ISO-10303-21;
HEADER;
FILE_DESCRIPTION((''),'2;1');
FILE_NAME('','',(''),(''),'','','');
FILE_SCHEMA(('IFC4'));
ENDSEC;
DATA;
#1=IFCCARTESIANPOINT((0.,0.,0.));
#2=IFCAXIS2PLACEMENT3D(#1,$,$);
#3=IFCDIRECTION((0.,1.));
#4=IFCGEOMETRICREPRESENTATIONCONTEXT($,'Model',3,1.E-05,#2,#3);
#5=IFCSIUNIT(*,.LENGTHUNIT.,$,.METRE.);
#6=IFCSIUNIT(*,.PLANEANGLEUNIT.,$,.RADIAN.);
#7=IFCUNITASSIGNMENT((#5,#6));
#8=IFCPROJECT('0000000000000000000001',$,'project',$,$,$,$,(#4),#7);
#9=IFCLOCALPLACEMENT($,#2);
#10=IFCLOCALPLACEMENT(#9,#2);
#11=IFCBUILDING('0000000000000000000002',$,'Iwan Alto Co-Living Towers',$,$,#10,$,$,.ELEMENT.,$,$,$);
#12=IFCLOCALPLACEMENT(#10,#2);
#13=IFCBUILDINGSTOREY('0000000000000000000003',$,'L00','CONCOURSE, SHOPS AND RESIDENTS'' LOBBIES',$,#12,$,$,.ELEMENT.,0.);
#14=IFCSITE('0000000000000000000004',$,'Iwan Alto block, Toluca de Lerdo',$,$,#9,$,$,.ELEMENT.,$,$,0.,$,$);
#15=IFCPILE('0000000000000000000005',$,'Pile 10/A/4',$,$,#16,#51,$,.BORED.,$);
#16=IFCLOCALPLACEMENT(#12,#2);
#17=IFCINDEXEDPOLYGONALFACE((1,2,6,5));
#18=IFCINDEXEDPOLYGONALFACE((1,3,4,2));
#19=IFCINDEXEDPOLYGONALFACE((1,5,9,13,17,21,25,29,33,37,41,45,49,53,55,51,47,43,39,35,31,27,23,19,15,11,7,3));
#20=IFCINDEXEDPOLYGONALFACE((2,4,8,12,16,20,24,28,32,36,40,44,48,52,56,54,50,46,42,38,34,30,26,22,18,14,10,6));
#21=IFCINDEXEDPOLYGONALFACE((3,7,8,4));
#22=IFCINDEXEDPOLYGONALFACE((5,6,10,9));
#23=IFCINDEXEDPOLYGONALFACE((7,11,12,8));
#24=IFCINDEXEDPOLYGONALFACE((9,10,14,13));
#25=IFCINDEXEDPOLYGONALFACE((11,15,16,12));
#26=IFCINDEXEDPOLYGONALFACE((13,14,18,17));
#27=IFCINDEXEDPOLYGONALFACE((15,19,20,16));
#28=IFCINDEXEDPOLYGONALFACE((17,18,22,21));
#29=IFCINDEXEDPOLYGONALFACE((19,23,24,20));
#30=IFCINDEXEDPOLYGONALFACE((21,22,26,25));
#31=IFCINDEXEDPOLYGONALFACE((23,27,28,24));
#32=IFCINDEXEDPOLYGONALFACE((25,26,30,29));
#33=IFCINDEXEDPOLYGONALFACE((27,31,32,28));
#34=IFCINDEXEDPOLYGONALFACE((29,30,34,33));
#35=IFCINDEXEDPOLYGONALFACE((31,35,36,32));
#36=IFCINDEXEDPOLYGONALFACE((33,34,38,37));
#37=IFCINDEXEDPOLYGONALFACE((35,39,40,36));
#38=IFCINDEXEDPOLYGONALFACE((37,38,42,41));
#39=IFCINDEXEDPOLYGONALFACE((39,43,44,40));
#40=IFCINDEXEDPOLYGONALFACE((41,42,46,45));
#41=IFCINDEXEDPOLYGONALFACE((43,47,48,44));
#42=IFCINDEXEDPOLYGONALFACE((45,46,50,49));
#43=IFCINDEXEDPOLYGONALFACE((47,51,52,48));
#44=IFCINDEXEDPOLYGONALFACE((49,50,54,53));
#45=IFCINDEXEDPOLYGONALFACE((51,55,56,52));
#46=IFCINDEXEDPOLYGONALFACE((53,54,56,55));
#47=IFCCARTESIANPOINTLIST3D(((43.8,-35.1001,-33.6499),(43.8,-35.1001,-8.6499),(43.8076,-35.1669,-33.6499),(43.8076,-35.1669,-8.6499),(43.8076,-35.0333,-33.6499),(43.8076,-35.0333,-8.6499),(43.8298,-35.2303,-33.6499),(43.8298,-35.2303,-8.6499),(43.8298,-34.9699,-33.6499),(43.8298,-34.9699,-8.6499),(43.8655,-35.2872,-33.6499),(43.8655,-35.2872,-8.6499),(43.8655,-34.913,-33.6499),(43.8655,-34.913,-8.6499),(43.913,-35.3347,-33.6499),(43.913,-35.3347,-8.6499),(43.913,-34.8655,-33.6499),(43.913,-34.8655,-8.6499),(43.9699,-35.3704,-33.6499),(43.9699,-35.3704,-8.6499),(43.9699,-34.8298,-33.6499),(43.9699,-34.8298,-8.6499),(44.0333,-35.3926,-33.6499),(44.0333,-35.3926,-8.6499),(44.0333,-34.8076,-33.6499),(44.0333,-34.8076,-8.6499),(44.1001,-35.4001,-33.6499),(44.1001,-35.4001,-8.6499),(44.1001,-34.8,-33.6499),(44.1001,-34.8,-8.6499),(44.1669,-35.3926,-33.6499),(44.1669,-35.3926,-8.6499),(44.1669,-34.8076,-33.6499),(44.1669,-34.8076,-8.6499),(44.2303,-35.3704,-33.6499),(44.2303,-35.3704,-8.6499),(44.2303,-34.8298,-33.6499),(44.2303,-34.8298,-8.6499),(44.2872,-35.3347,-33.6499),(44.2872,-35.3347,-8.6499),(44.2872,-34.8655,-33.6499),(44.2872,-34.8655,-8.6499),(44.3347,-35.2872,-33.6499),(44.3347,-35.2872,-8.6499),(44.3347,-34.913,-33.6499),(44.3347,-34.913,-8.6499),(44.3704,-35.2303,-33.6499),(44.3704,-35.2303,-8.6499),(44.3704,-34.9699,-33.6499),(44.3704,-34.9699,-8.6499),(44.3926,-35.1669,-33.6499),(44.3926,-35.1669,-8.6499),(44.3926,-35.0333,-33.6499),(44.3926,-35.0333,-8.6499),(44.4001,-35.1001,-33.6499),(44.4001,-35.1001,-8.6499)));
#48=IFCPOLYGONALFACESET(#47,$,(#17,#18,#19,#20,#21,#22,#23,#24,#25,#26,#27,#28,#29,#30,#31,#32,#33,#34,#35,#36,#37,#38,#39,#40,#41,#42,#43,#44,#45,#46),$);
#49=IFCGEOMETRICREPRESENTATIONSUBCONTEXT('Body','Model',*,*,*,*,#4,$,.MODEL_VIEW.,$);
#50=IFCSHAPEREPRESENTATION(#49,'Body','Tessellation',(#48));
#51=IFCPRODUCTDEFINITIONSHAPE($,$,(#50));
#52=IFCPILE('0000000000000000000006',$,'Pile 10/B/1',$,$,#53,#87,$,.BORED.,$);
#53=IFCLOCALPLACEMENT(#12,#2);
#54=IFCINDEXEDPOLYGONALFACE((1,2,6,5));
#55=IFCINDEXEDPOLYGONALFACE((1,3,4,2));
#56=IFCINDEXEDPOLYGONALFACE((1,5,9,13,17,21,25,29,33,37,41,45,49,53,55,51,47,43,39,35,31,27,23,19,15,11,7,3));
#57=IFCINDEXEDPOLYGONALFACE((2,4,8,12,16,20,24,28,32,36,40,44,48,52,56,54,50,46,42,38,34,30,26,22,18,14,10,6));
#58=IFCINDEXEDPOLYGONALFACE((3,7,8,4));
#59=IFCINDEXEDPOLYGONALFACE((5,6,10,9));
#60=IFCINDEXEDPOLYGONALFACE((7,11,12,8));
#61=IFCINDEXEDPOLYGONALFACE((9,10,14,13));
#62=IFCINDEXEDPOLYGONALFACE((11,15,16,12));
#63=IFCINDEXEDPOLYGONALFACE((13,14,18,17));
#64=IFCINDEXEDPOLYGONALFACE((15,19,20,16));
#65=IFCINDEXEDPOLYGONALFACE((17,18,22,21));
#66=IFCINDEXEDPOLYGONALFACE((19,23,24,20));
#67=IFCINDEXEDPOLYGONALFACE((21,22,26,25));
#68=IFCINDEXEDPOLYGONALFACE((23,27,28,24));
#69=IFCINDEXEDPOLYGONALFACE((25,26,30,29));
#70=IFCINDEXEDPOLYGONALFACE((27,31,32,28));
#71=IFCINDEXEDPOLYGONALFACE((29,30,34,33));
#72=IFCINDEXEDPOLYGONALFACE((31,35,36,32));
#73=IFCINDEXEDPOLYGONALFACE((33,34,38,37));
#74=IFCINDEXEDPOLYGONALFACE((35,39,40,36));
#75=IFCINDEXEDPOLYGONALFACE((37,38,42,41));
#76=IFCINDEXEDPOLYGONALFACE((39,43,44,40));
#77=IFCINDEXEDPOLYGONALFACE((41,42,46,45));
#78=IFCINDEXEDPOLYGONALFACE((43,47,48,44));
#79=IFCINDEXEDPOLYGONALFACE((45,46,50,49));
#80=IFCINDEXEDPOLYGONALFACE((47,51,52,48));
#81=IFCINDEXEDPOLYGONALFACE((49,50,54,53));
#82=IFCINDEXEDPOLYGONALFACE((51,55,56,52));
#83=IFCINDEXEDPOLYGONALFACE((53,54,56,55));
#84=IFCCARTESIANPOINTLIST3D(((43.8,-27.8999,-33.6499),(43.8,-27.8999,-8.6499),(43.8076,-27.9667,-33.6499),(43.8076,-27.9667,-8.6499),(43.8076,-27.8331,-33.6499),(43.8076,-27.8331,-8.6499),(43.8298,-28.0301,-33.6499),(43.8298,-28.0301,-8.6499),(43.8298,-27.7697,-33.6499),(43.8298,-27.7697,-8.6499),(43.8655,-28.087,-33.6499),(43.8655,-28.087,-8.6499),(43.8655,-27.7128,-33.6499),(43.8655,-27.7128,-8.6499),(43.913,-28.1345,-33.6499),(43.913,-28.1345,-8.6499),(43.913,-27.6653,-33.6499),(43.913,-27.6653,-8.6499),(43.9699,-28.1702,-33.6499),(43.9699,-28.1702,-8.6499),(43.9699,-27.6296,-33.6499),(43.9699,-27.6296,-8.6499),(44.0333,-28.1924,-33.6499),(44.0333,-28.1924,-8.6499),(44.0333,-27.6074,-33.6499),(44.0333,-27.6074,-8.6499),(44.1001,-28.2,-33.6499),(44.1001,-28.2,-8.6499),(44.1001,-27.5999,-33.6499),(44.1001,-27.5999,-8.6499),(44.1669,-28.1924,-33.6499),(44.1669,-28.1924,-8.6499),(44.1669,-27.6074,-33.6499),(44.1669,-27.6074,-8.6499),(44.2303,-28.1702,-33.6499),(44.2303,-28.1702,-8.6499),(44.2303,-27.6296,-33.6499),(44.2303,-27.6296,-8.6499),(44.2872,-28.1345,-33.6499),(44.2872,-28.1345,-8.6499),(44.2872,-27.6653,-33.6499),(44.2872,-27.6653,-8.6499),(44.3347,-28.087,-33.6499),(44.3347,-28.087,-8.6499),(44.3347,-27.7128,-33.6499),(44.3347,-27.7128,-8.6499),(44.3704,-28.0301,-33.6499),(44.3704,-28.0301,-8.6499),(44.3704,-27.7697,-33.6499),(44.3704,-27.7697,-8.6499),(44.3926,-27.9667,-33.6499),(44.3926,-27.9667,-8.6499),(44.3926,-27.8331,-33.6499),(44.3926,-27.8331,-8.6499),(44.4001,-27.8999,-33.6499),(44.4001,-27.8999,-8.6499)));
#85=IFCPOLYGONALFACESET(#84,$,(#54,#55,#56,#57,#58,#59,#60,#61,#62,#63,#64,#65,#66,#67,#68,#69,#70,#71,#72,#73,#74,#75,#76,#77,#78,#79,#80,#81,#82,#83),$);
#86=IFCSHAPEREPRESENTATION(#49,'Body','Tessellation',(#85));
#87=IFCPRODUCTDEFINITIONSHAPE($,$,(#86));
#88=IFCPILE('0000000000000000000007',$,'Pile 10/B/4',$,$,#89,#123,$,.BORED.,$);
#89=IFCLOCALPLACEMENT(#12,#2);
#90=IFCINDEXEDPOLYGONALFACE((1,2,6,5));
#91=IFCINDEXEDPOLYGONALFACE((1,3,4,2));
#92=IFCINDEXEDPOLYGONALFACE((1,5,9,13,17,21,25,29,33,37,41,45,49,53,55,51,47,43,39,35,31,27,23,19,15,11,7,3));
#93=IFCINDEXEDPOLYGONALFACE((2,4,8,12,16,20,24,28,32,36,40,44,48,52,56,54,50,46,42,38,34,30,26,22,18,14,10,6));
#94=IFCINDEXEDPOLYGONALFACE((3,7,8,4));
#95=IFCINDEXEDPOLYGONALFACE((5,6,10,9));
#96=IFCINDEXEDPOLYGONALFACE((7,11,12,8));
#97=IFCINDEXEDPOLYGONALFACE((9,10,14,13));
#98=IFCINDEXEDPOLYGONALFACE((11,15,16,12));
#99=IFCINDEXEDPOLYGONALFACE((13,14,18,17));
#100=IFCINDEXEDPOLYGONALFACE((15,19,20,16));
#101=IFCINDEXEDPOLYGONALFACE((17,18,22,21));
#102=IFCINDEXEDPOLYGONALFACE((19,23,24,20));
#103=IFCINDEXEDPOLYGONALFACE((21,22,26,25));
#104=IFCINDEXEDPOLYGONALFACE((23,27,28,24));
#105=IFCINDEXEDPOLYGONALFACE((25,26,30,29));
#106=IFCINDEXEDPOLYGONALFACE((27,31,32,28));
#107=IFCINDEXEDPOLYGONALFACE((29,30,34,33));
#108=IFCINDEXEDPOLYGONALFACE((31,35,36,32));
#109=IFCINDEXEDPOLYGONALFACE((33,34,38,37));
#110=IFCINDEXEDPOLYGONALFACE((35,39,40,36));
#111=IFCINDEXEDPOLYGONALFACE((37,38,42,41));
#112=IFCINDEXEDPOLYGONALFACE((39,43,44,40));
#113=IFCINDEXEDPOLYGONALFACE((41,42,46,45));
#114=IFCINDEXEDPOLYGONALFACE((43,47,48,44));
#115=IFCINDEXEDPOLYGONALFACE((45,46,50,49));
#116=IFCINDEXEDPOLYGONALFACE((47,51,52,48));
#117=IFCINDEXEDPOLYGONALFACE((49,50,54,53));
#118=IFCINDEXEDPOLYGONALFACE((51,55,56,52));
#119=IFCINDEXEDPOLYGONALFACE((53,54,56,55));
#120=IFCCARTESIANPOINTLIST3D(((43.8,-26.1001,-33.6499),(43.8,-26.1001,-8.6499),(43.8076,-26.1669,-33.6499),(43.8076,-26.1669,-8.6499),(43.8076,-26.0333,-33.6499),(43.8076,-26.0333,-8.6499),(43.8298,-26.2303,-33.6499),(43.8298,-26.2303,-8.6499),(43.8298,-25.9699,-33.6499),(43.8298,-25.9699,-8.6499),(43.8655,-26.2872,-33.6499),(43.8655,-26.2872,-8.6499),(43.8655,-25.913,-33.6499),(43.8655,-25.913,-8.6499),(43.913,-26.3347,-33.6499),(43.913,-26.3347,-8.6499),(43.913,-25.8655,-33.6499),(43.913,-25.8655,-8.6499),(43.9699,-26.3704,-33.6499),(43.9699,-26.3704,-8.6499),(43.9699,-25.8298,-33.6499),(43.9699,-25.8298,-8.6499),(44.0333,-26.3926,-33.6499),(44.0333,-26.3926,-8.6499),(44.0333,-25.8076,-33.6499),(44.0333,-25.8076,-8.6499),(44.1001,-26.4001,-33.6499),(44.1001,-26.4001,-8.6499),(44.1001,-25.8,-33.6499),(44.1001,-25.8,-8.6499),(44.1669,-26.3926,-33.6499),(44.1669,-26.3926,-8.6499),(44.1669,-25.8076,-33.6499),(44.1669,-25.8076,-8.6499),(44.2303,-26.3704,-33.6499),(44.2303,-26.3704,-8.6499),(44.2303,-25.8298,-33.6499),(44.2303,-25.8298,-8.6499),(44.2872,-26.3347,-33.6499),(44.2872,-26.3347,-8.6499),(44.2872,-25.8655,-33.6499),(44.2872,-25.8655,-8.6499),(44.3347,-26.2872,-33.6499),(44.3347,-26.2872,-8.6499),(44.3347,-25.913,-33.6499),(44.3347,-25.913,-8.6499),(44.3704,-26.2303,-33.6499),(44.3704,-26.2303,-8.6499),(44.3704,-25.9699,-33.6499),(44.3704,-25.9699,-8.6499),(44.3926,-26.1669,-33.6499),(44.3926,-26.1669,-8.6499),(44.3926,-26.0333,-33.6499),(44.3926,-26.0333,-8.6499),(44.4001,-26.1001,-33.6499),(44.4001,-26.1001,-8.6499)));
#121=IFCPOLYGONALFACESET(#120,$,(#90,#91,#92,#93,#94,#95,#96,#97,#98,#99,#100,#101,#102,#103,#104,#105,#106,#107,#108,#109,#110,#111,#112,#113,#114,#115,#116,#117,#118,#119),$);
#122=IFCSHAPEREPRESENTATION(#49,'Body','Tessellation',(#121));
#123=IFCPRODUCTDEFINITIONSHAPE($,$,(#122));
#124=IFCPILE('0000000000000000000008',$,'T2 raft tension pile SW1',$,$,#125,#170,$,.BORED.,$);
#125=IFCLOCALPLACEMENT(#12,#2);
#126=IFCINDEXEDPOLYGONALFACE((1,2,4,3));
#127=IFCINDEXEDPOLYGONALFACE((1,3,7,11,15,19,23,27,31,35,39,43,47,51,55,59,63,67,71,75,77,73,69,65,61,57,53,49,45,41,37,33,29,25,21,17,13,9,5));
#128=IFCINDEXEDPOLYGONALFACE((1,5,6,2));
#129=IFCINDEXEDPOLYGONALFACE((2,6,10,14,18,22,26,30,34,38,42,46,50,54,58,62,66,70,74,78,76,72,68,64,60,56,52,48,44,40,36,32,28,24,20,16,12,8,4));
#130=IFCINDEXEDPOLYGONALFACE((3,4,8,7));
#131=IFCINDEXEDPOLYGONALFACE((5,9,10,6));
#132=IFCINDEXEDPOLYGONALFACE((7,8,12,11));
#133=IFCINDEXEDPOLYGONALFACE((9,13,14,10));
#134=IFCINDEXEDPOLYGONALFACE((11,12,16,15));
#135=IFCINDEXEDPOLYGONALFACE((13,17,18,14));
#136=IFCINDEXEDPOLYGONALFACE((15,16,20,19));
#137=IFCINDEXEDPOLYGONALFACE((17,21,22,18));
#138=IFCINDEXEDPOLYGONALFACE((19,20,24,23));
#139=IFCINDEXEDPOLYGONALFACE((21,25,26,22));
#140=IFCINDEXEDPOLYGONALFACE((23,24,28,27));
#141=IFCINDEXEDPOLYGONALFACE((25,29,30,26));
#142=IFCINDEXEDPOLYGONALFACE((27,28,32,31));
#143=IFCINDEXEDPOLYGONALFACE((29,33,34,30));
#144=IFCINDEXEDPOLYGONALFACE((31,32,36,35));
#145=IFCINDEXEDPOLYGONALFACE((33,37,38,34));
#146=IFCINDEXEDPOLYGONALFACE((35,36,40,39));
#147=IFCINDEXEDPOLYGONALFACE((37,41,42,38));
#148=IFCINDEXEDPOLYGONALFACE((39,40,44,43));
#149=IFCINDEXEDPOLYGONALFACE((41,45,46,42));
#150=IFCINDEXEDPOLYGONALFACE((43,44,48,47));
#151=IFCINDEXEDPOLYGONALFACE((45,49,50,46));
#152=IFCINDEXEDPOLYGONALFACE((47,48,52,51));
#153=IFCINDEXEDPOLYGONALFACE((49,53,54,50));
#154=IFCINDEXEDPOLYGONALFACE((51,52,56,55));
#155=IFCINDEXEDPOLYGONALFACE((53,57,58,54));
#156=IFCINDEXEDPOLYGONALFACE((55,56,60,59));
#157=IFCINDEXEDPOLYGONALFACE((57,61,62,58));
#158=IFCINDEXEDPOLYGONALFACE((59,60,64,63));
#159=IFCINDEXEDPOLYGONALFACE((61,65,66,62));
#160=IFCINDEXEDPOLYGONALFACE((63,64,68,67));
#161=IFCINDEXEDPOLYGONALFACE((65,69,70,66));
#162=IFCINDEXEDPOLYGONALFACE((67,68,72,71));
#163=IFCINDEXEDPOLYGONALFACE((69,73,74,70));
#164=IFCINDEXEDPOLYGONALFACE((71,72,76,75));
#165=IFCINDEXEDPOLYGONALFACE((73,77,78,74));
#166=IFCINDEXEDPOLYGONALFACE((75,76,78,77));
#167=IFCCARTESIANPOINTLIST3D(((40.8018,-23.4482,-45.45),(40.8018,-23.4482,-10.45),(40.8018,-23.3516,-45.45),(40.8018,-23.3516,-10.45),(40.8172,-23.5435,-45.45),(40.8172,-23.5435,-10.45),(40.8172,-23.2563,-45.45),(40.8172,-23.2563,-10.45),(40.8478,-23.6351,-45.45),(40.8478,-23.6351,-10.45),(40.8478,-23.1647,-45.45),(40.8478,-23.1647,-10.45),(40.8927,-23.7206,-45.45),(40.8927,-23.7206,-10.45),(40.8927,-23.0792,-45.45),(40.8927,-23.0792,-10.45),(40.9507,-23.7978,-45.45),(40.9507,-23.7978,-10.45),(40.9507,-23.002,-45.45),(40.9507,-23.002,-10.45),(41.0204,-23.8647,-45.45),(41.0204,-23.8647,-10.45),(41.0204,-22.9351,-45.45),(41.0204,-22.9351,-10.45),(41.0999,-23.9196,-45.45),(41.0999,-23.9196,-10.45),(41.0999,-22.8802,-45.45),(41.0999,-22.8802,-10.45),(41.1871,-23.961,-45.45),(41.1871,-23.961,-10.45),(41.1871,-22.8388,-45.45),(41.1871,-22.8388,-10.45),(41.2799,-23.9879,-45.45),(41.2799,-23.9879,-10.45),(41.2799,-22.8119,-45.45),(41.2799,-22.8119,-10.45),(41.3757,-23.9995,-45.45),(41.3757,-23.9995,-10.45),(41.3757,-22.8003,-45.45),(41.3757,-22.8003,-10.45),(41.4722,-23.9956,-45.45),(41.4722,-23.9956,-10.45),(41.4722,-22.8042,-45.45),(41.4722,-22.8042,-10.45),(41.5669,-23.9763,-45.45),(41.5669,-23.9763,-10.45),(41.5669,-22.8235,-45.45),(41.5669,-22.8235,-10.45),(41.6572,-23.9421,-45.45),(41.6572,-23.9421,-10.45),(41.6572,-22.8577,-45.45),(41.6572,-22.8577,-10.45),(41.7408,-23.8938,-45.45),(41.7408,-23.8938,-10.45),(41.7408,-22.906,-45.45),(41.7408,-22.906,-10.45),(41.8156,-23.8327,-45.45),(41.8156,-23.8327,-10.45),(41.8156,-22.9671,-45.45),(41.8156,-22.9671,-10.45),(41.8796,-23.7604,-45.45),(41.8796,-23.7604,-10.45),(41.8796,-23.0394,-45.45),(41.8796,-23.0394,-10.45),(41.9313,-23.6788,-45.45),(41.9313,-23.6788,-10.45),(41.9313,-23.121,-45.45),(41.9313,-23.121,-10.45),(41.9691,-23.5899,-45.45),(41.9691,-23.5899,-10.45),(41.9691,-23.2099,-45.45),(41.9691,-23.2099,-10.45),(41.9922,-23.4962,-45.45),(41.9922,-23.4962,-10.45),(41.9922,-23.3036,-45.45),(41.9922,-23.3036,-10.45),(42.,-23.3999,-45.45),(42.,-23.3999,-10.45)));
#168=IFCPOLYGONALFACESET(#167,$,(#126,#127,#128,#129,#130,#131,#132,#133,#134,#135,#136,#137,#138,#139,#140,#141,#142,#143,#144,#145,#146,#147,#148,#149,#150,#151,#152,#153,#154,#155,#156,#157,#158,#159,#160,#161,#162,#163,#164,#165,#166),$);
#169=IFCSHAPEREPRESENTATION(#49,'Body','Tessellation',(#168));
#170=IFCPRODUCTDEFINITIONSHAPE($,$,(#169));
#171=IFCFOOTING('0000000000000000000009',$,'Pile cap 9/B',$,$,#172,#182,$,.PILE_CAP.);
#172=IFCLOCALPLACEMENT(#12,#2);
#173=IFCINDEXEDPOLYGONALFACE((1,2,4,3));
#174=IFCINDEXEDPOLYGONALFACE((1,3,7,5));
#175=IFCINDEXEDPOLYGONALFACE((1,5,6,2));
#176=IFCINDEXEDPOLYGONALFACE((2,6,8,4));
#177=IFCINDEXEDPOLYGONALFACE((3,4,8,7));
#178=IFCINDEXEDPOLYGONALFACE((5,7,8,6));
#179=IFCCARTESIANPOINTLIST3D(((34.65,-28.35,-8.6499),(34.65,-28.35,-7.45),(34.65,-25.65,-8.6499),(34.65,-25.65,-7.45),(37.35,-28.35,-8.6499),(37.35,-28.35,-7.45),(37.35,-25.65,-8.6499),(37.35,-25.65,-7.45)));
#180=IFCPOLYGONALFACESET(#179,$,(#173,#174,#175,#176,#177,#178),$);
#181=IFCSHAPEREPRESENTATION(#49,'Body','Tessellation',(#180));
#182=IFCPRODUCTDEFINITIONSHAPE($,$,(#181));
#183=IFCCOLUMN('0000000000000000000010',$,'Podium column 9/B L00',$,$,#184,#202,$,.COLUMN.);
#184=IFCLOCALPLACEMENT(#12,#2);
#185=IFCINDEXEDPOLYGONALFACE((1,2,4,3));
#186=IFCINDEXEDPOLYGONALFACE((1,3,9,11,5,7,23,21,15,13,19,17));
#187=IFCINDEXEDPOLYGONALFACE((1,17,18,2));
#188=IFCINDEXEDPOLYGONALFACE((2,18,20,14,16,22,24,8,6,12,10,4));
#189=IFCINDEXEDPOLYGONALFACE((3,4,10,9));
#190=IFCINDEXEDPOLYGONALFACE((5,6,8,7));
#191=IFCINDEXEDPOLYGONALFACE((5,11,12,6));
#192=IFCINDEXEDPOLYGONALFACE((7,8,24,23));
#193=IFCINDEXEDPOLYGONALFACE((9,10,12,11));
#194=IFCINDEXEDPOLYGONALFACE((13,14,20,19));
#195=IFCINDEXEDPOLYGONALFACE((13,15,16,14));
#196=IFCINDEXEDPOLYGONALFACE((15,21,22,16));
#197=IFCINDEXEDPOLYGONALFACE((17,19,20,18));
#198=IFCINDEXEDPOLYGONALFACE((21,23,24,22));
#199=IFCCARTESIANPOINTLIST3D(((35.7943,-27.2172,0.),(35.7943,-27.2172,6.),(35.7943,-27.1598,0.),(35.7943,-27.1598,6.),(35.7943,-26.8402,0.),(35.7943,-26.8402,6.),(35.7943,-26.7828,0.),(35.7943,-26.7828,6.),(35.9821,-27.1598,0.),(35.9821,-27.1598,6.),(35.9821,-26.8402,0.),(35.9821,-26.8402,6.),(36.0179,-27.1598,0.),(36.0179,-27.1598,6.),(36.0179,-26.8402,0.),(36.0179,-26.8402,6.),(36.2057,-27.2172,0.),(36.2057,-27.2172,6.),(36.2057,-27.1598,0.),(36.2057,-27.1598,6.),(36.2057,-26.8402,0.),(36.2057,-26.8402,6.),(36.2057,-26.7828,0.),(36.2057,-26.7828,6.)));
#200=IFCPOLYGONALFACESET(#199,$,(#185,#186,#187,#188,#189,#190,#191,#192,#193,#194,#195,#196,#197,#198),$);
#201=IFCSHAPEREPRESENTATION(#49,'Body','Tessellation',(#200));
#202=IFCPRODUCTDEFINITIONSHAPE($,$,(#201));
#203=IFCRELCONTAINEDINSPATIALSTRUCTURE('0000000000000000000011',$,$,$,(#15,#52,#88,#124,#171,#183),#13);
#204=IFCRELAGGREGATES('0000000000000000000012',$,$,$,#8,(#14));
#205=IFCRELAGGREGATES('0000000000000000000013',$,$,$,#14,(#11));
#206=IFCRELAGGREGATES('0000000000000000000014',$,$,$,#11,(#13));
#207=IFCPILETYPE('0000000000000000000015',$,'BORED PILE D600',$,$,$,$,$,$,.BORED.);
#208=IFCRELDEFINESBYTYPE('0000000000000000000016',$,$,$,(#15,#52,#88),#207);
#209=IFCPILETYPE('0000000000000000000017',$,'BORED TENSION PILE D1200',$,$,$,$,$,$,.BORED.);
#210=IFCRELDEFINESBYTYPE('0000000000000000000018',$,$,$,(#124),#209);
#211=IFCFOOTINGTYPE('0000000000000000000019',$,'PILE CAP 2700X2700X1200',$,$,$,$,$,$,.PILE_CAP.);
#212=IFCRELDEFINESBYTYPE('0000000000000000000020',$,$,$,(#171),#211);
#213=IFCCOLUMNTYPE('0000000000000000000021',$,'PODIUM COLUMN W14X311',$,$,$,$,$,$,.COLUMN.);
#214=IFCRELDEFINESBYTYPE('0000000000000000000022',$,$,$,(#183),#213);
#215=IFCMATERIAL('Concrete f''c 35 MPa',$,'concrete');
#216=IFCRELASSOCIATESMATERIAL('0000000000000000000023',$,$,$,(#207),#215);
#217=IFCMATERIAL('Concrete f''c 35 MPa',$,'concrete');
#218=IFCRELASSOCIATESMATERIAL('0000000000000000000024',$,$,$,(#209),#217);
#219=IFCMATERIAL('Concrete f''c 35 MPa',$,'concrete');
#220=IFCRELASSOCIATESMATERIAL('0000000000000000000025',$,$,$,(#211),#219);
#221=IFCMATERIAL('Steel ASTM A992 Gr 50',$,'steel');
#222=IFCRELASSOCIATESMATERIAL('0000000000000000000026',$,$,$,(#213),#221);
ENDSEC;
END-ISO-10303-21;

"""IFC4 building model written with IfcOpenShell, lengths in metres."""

from ifc_helpers import new_model, si_unit, direction, frame, origin, origin_2d, place, context, subcontext, project, spatial, rectangle, circle, i_section, extrude, material, material_profile, profile_set, type_object, element, save


model = new_model("IFC4")

# Units and contexts
model_context = context("Model", 3, precision=1e-05, world=origin(), true_north=direction((0.0, 1.0)))
body_context = subcontext(model_context, "Body", "Model", "MODEL_VIEW")
ifc_project = project(units=[si_unit("LENGTHUNIT", "METRE"), si_unit("PLANEANGLEUNIT", "RADIAN")], contexts=[model_context])

# Site, building, storey
site_placement = place(None, origin())
site = spatial("IfcSite", under=ifc_project, at=site_placement, Name="Iwan Alto block, Toluca de Lerdo", CompositionType="ELEMENT", RefElevation=0.0)
building_placement = place(site_placement, origin())
building = spatial("IfcBuilding", under=site, at=building_placement, Name="Iwan Alto Co-Living Towers", CompositionType="ELEMENT")
storey_placement = place(building_placement, origin())
storey = spatial("IfcBuildingStorey", under=building, at=storey_placement, Name="L00", Description="CONCOURSE, SHOPS AND RESIDENTS' LOBBIES", CompositionType="ELEMENT", Elevation=0.0)

# Piles
ifc_material_1 = material(Name="Concrete f'c 35 MPa", Category="concrete")
ifc_material_profile_1 = material_profile(ifc_material_1, circle(Radius=0.3, at=origin_2d()), Name="D600")
ifc_profile_set_1 = profile_set([ifc_material_profile_1], Name="Concrete f'c 35 MPa")
pile_type_1 = type_object("IfcPileType", Name="BORED PILE D600", PredefinedType="BORED", material=ifc_profile_set_1)
for number, where, z_axis, x_axis, name in (
    (1, (44.1001, -35.1001, -8.6499), (0.0, 0.0, -1.0), (1.0, 0.0, 0.0), "Pile 10/A/4"),
    (2, (44.1001, -27.8999, -8.6499), (0.0, 0.0, -1.0), (1.0, 0.0, 0.0), "Pile 10/B/1"),
    (3, (44.1001, -26.1001, -8.6499), (0.0, 0.0, -1.0), (1.0, 0.0, 0.0), "Pile 10/B/4"),
):
    element("IfcPile", number, at=place(storey_placement, frame(where, z_axis=z_axis, x_axis=x_axis)), inside=storey, type_object=pile_type_1, Name=name, PredefinedType="BORED", context=body_context, shape_type="SweptSolid", body=[
        extrude(circle(Radius=0.3, at=origin_2d()), origin(), (0.0, 0.0, 1.0), 25.0),
    ])
ifc_material_2 = material(Name="Concrete f'c 35 MPa", Category="concrete")
ifc_material_profile_2 = material_profile(ifc_material_2, circle(Radius=0.6001, at=origin_2d()), Name="D1200")
ifc_profile_set_2 = profile_set([ifc_material_profile_2], Name="Concrete f'c 35 MPa")
pile_type_2 = type_object("IfcPileType", Name="BORED TENSION PILE D1200", PredefinedType="BORED", material=ifc_profile_set_2)
pile_placement = place(storey_placement, frame((41.3999, -23.3999, -10.45), z_axis=(0.0, 0.0, -1.0), x_axis=(1.0, 0.0, 0.0)))
element("IfcPile", 4, at=pile_placement, inside=storey, type_object=pile_type_2, Name="T2 raft tension pile SW1", PredefinedType="BORED", context=body_context, shape_type="SweptSolid", body=[
    extrude(circle(Radius=0.6001, at=origin_2d()), origin(), (0.0, 0.0, 1.0), 35.0),
])

# Footing
ifc_material_3 = material(Name="Concrete f'c 35 MPa", Category="concrete")
footing_type = type_object("IfcFootingType", Name="PILE CAP 2700X2700X1200", PredefinedType="PILE_CAP", material=ifc_material_3)
footing_placement = place(storey_placement, frame((36.0, -27.0, -8.6499), z_axis=(0.0, 0.0, 1.0), x_axis=(1.0, 0.0, 0.0)))
element("IfcFooting", 5, at=footing_placement, inside=storey, type_object=footing_type, Name="Pile cap 9/B", PredefinedType="PILE_CAP", context=body_context, shape_type="SweptSolid", body=[
    extrude(rectangle(XDim=2.7, YDim=2.7, at=origin_2d()), origin(), (0.0, 0.0, 1.0), 1.2),
])

# Column
ifc_material_4 = material(Name="Steel ASTM A992 Gr 50", Category="steel")
ifc_material_profile_3 = material_profile(ifc_material_4, i_section(OverallWidth=0.4114, OverallDepth=0.4343, WebThickness=0.0359, FlangeThickness=0.0574, at=origin_2d()), Name="W14X311")
ifc_profile_set_3 = profile_set([ifc_material_profile_3], Name="Steel ASTM A992 Gr 50")
column_type_1 = type_object("IfcColumnType", Name="PODIUM COLUMN W14X311", PredefinedType="COLUMN", material=ifc_profile_set_3)
column_1_placement = place(storey_placement, frame((36.0, -27.0, 0.0), z_axis=(0.0, 0.0, 1.0), x_axis=(1.0, 0.0, 0.0)))
element("IfcColumn", 6, at=column_1_placement, inside=storey, type_object=column_type_1, Name="Podium column 9/B L00", PredefinedType="COLUMN", context=body_context, shape_type="SweptSolid", body=[
    extrude(i_section(OverallWidth=0.4114, OverallDepth=0.4343, WebThickness=0.0359, FlangeThickness=0.0574, at=origin_2d()), origin(), (0.0, 0.0, 1.0), 6.0),
])

save(model, "model.ifc")
